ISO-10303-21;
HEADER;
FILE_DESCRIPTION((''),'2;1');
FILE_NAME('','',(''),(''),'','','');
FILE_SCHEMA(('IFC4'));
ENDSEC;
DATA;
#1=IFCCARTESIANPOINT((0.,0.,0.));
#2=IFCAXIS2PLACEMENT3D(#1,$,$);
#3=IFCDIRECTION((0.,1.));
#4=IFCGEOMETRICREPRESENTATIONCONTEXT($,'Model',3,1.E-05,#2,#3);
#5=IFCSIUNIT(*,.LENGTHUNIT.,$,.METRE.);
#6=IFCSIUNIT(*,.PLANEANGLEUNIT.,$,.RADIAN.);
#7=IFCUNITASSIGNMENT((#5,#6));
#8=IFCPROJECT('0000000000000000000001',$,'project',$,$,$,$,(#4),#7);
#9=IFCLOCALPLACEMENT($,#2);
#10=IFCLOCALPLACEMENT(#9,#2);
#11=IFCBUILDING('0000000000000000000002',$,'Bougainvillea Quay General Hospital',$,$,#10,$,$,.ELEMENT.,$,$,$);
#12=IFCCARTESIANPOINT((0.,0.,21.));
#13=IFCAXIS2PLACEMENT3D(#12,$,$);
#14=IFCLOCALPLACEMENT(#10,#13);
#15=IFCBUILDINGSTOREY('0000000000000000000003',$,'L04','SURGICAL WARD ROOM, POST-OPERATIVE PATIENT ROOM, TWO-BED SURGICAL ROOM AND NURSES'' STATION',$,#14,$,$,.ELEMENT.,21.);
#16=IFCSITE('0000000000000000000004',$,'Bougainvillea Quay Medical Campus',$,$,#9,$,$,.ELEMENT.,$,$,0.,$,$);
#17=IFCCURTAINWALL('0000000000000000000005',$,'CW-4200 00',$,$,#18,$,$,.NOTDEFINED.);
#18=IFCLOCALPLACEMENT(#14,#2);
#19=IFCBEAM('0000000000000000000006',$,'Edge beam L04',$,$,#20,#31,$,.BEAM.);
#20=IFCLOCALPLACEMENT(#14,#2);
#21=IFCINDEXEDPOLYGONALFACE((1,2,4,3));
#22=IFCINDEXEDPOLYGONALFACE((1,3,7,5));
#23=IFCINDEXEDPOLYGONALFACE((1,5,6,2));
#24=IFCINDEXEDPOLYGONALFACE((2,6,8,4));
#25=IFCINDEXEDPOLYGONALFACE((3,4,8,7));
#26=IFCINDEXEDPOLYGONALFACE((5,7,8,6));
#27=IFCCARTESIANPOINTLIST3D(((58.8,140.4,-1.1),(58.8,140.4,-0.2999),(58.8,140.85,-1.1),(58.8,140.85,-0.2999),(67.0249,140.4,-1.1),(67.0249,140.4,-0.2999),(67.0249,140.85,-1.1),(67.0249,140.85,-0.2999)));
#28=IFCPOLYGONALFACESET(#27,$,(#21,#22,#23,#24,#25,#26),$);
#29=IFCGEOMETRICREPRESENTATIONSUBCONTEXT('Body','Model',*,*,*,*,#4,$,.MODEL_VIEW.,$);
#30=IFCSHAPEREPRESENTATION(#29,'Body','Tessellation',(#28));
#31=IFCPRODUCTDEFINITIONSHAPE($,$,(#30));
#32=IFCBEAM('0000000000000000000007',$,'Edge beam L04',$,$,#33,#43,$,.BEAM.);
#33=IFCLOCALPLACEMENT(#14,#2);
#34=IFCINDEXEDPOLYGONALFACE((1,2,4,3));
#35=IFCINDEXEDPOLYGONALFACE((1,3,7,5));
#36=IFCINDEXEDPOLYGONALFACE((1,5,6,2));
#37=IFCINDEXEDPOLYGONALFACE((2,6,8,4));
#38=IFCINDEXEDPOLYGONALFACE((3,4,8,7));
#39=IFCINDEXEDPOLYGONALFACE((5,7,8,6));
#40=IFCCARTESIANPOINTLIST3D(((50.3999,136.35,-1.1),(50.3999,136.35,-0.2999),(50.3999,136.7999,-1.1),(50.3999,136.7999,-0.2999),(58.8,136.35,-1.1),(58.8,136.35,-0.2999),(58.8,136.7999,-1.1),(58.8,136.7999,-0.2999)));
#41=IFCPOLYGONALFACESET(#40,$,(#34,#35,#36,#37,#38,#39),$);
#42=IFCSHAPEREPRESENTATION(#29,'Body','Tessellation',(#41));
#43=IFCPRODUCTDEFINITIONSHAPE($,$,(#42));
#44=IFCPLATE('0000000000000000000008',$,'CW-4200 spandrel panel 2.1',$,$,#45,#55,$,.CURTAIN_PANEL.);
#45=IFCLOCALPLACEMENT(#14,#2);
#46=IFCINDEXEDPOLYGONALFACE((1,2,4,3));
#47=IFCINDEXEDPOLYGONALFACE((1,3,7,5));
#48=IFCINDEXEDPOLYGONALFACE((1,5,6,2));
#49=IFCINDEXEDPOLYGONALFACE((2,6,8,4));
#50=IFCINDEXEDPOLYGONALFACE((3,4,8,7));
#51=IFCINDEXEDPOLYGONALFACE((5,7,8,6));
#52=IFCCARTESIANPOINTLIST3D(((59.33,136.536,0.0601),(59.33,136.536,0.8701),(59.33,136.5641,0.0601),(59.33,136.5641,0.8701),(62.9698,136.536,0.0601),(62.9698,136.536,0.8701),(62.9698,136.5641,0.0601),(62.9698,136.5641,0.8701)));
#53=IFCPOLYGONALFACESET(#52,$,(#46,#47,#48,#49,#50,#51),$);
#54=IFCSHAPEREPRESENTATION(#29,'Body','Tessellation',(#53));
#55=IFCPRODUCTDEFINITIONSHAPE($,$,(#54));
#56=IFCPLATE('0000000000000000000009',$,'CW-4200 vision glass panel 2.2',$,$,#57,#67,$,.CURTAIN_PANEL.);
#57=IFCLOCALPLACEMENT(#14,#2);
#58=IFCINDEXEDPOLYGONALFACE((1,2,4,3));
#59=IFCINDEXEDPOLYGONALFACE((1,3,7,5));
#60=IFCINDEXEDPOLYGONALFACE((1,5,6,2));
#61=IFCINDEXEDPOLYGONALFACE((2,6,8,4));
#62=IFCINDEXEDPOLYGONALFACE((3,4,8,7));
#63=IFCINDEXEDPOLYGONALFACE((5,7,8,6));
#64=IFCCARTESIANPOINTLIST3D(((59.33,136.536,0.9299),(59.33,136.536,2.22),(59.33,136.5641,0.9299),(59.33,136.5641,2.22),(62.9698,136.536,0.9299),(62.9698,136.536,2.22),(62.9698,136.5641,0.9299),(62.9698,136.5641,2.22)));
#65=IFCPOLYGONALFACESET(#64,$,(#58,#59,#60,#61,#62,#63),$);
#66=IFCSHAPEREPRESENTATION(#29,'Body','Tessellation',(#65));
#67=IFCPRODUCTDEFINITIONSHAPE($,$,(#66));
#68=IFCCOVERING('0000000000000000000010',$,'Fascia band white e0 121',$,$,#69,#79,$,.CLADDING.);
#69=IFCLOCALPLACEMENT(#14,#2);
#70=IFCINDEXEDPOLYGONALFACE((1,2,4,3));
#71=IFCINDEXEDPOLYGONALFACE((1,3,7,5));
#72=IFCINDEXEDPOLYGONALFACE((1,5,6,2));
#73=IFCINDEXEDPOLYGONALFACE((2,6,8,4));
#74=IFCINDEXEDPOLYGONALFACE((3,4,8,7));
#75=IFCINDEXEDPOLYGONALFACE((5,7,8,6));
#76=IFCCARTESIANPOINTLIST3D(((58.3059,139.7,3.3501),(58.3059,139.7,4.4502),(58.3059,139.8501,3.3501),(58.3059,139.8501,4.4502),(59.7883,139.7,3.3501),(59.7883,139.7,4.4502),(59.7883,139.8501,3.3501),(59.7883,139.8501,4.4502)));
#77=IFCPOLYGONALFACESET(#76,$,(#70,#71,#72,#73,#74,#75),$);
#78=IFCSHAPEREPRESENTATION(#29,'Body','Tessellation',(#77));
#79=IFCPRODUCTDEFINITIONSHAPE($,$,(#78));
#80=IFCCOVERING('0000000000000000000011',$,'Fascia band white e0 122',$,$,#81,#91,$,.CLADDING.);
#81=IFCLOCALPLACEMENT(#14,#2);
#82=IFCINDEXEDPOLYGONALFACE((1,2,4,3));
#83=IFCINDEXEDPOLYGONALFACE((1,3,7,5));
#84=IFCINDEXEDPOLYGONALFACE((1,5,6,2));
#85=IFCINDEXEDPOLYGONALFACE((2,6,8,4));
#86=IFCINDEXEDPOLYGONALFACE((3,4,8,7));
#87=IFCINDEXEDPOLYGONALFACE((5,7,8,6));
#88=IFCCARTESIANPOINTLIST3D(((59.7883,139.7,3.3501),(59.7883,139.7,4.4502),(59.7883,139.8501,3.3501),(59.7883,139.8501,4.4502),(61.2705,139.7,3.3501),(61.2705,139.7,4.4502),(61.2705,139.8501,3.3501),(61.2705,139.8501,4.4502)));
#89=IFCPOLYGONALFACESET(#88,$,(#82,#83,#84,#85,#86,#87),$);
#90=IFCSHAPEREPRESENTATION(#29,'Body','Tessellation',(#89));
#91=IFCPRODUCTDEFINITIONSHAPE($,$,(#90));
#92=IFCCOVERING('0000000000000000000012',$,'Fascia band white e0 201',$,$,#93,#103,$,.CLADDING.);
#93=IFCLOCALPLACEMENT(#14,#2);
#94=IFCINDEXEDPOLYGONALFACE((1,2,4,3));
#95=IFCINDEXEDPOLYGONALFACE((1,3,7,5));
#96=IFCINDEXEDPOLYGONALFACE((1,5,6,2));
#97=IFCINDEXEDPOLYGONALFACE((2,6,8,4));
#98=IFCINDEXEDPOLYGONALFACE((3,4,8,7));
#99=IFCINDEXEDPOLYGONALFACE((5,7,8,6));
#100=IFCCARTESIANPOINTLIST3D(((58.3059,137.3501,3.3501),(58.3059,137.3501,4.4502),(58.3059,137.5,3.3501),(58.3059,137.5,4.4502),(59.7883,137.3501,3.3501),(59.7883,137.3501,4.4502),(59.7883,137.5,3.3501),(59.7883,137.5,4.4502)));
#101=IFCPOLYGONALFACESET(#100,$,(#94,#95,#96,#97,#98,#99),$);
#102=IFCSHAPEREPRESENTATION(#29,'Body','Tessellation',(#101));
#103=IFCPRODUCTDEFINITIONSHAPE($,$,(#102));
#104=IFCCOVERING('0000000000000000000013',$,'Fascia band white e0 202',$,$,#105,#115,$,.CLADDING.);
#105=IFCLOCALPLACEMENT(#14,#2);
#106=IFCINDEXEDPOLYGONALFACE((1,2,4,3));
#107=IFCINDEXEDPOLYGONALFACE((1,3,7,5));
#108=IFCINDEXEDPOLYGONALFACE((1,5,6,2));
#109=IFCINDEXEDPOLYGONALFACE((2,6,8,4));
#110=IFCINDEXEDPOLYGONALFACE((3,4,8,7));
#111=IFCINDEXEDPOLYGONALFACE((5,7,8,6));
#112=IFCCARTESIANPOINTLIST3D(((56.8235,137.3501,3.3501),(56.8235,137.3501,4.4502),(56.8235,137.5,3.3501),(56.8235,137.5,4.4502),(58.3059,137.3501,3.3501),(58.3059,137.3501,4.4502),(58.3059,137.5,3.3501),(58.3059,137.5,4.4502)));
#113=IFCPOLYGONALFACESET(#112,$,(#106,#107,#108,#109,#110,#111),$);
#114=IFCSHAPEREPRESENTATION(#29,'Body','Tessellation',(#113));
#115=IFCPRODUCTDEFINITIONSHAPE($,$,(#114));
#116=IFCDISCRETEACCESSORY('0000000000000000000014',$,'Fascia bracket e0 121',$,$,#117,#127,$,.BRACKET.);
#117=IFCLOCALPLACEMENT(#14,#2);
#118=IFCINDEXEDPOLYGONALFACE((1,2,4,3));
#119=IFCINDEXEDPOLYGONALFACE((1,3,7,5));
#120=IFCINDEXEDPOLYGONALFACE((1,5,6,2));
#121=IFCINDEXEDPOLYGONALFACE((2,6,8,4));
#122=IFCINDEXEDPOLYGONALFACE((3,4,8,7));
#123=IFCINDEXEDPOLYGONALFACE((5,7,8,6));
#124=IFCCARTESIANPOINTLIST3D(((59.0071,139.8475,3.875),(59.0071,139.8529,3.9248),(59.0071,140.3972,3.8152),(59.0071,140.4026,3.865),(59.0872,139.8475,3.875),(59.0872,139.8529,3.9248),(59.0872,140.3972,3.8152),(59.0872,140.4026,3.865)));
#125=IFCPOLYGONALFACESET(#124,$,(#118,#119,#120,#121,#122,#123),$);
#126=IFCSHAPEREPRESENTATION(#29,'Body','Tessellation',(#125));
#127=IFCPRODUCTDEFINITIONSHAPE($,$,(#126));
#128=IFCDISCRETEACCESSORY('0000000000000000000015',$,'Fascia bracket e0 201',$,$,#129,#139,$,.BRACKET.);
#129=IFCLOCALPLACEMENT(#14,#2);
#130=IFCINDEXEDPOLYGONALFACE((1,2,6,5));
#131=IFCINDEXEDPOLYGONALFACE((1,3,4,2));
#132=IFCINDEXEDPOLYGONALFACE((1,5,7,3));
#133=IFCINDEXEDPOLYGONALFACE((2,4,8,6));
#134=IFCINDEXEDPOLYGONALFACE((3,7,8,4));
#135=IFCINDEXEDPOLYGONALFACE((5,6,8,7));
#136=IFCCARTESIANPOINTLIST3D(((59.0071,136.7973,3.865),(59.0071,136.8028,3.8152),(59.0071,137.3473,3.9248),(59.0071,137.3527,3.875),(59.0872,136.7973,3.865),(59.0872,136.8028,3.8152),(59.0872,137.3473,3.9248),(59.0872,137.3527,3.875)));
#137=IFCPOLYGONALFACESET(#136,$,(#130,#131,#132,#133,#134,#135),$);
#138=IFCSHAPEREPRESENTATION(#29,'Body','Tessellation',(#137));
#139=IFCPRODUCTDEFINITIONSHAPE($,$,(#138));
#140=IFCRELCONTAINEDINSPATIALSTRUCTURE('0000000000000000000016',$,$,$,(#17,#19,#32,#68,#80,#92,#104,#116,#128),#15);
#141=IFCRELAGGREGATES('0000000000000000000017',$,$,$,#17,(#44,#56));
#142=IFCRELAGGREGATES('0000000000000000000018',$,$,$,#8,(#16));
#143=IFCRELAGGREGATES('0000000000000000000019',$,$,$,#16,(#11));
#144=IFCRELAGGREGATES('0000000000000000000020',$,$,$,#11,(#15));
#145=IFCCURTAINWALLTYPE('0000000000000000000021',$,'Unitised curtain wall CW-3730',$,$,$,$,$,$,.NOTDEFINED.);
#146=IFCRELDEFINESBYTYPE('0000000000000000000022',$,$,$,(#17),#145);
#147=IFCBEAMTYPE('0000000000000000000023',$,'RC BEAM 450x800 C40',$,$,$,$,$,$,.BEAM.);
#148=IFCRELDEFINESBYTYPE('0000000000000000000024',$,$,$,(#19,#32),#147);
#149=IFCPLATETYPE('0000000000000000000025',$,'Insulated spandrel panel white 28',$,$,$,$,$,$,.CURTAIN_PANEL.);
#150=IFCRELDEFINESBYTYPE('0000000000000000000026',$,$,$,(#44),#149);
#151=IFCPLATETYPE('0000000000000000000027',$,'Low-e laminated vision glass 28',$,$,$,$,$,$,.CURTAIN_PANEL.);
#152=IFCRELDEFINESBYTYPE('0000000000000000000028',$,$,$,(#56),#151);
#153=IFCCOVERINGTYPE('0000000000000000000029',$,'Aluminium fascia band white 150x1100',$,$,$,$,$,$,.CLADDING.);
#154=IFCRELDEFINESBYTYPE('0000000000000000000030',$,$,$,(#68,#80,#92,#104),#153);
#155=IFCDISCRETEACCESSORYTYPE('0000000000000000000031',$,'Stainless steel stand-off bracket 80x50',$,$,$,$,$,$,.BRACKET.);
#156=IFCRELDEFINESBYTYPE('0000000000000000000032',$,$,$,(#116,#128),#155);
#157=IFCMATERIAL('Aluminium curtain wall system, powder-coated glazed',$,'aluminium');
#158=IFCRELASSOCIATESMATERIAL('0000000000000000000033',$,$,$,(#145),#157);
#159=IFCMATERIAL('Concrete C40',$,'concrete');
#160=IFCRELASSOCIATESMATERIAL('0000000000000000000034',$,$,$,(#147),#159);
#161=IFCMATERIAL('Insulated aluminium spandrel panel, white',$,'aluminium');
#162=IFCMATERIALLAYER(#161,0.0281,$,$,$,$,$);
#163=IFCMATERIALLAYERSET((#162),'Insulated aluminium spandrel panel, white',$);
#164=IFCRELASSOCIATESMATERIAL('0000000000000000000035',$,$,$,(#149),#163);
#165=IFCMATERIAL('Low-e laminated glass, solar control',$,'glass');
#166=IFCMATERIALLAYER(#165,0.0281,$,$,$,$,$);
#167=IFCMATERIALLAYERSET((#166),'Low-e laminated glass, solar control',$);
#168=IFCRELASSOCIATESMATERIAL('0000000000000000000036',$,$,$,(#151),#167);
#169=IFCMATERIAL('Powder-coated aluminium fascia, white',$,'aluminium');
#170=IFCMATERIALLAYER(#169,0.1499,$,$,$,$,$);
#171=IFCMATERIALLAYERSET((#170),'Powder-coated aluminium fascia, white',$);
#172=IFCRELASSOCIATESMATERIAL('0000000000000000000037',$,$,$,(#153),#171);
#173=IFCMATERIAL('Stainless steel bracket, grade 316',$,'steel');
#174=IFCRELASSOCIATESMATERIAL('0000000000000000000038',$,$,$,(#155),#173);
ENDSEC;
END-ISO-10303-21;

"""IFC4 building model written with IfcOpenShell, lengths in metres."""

from ifc_helpers import new_model, si_unit, direction, frame, origin, origin_2d, place, context, subcontext, project, spatial, polyline, rectangle, outline, extrude, material, layer, layer_set, material_profile, profile_set, type_object, element, aggregate, save


model = new_model("IFC4")

# Units and contexts
model_context = context("Model", 3, precision=1e-05, world=origin(), true_north=direction((0.0, 1.0)))
body_context = subcontext(model_context, "Body", "Model", "MODEL_VIEW")
ifc_project = project(units=[si_unit("LENGTHUNIT", "METRE"), si_unit("PLANEANGLEUNIT", "RADIAN")], contexts=[model_context])

# Site, building, storey
site_placement = place(None, origin())
site = spatial("IfcSite", under=ifc_project, at=site_placement, Name="Bougainvillea Quay Medical Campus", CompositionType="ELEMENT", RefElevation=0.0)
building_placement = place(site_placement, origin())
building = spatial("IfcBuilding", under=site, at=building_placement, Name="Bougainvillea Quay General Hospital", CompositionType="ELEMENT")
storey_placement = place(building_placement, frame((0.0, 0.0, 21.0)))
storey = spatial("IfcBuildingStorey", under=building, at=storey_placement, Name="L04", Description="SURGICAL WARD ROOM, POST-OPERATIVE PATIENT ROOM, TWO-BED SURGICAL ROOM AND NURSES' STATION", CompositionType="ELEMENT", Elevation=21.0)

# Shared definitions
ifc_material_1 = material(Name="Concrete C40", Category="concrete")

# Curtain wall
ifc_material_2 = material(Name="Aluminium curtain wall system, powder-coated glazed", Category="aluminium")
curtain_wall_type = type_object("IfcCurtainWallType", Name="Unitised curtain wall CW-3730", PredefinedType="NOTDEFINED", material=ifc_material_2)
curtain_wall_1_placement = place(storey_placement, origin())
curtain_wall_1 = element("IfcCurtainWall", 1, at=curtain_wall_1_placement, inside=storey, type_object=curtain_wall_type, Name="CW-4200 00", PredefinedType="NOTDEFINED")

# Beams
ifc_material_profile_1 = material_profile(ifc_material_1, rectangle(XDim=0.45, YDim=0.8, at=origin_2d()))
ifc_profile_set_1 = profile_set([ifc_material_profile_1], Name="Concrete C40")
beam_type = type_object("IfcBeamType", Name="RC BEAM 450x800 C40", PredefinedType="BEAM", material=ifc_profile_set_1)
beam_1_placement = place(storey_placement, frame((58.8, 140.625, -0.7), z_axis=(1.0, 0.0, 0.0), x_axis=(0.0, 1.0, 0.0)))
element("IfcBeam", 2, at=beam_1_placement, inside=storey, type_object=beam_type, Name="Edge beam L04", PredefinedType="BEAM", context=body_context, shape_type="SweptSolid", body=[
    extrude(rectangle(XDim=0.45, YDim=0.8, at=origin_2d()), origin(), (0.0, 0.0, 1.0), 8.2249),
])
beam_2_placement = place(storey_placement, frame((58.8, 136.575, -0.7), z_axis=(-1.0, 0.0, 0.0), x_axis=(0.0, -1.0, 0.0)))
element("IfcBeam", 3, at=beam_2_placement, inside=storey, type_object=beam_type, Name="Edge beam L04", PredefinedType="BEAM", context=body_context, shape_type="SweptSolid", body=[
    extrude(rectangle(XDim=0.45, YDim=0.8, at=origin_2d()), origin(), (0.0, 0.0, 1.0), 8.4001),
])

# Plates
ifc_material_3 = material(Name="Insulated aluminium spandrel panel, white", Category="aluminium")
ifc_layer_1 = layer(ifc_material_3, 0.0281)
ifc_layer_set_1 = layer_set([ifc_layer_1], Name="Insulated aluminium spandrel panel, white")
plate_type_1 = type_object("IfcPlateType", Name="Insulated spandrel panel white 28", PredefinedType="CURTAIN_PANEL", material=ifc_layer_set_1)
plate_1_placement = place(storey_placement, frame((61.1499, 136.55, 0.0601), z_axis=(0.0, 0.0, 1.0), x_axis=(-1.0, 0.0, 0.0)))
plate_1 = element("IfcPlate", 4, at=plate_1_placement, type_object=plate_type_1, Name="CW-4200 spandrel panel 2.1", PredefinedType="CURTAIN_PANEL", context=body_context, shape_type="SweptSolid", body=[
    extrude(rectangle(XDim=3.6399, YDim=0.0281, at=origin_2d()), origin(), (0.0, 0.0, 1.0), 0.8101),
])
ifc_material_4 = material(Name="Low-e laminated glass, solar control", Category="glass")
ifc_layer_2 = layer(ifc_material_4, 0.0281)
ifc_layer_set_2 = layer_set([ifc_layer_2], Name="Low-e laminated glass, solar control")
plate_type_2 = type_object("IfcPlateType", Name="Low-e laminated vision glass 28", PredefinedType="CURTAIN_PANEL", material=ifc_layer_set_2)
plate_2_placement = place(storey_placement, frame((61.1499, 136.55, 0.9299), z_axis=(0.0, 0.0, 1.0), x_axis=(-1.0, 0.0, 0.0)))
plate_2 = element("IfcPlate", 5, at=plate_2_placement, type_object=plate_type_2, Name="CW-4200 vision glass panel 2.2", PredefinedType="CURTAIN_PANEL", context=body_context, shape_type="SweptSolid", body=[
    extrude(rectangle(XDim=3.6399, YDim=0.0281, at=origin_2d()), origin(), (0.0, 0.0, 1.0), 1.29),
])
aggregate(curtain_wall_1, [plate_1, plate_2])

# Coverings
ifc_material_5 = material(Name="Powder-coated aluminium fascia, white", Category="aluminium")
ifc_layer_3 = layer(ifc_material_5, 0.1499)
ifc_layer_set_3 = layer_set([ifc_layer_3], Name="Powder-coated aluminium fascia, white")
covering_type = type_object("IfcCoveringType", Name="Aluminium fascia band white 150x1100", PredefinedType="CLADDING", material=ifc_layer_set_3)
covering_1_placement = place(storey_placement, frame((58.3059, 139.8501, 3.3501), z_axis=(0.0, 0.0, 1.0), x_axis=(1.0, 0.0, 0.0)))
element("IfcCovering", 6, at=covering_1_placement, inside=storey, type_object=covering_type, Name="Fascia band white e0 121", PredefinedType="CLADDING", context=body_context, shape_type="SweptSolid", body=[
    extrude(outline(polyline([(0.0, 0.0), (1.4824, 0.0), (1.4824, -0.1501), (0.0, -0.1501), (0.0, 0.0)])), origin(), (0.0, 0.0, 1.0), 1.1001),
])
covering_2_placement = place(storey_placement, frame((59.7883, 139.8501, 3.3501), z_axis=(0.0, 0.0, 1.0), x_axis=(1.0, 0.0, 0.0)))
element("IfcCovering", 7, at=covering_2_placement, inside=storey, type_object=covering_type, Name="Fascia band white e0 122", PredefinedType="CLADDING", context=body_context, shape_type="SweptSolid", body=[
    extrude(outline(polyline([(0.0, 0.0), (1.4822, 0.0), (1.4822, -0.1501), (0.0, -0.1501), (0.0, 0.0)])), origin(), (0.0, 0.0, 1.0), 1.1001),
])
for number, where, z_axis, x_axis, name in (
    (8, (59.7883, 137.3501, 3.3501), (0.0, 0.0, 1.0), (-1.0, 0.0, 0.0), "Fascia band white e0 201"),
    (9, (58.3059, 137.3501, 3.3501), (0.0, 0.0, 1.0), (-1.0, 0.0, 0.0), "Fascia band white e0 202"),
):
    element("IfcCovering", number, at=place(storey_placement, frame(where, z_axis=z_axis, x_axis=x_axis)), inside=storey, type_object=covering_type, Name=name, PredefinedType="CLADDING", context=body_context, shape_type="SweptSolid", body=[
        extrude(outline(polyline([(0.0, 0.0), (1.4824, 0.0), (1.4824, -0.1499), (0.0, -0.1499), (0.0, 0.0)])), origin(), (0.0, 0.0, 1.0), 1.1001),
    ])

# Discrete accessories
ifc_material_6 = material(Name="Stainless steel bracket, grade 316", Category="steel")
ifc_material_profile_2 = material_profile(ifc_material_6, rectangle(XDim=0.0801, YDim=0.05, at=origin_2d()))
ifc_profile_set_2 = profile_set([ifc_material_profile_2], Name="Stainless steel bracket, grade 316")
discrete_accessory_type = type_object("IfcDiscreteAccessoryType", Name="Stainless steel stand-off bracket 80x50", PredefinedType="BRACKET", material=ifc_profile_set_2)
discrete_accessory_1_placement = place(storey_placement, frame((59.0471, 140.3999, 3.8401), z_axis=(0.0, -0.994134, 0.108154), x_axis=(1.0, 0.0, 0.0)))
element("IfcDiscreteAccessory", 10, at=discrete_accessory_1_placement, inside=storey, type_object=discrete_accessory_type, Name="Fascia bracket e0 121", PredefinedType="BRACKET", context=body_context, shape_type="SweptSolid", body=[
    extrude(rectangle(XDim=0.0801, YDim=0.05, at=origin_2d()), origin(), (0.0, 0.0, 1.0), 0.553),
])
discrete_accessory_2_placement = place(storey_placement, frame((59.0471, 136.8, 3.8401), z_axis=(0.0, 0.994139, 0.108107), x_axis=(-1.0, 0.0, 0.0)))
element("IfcDiscreteAccessory", 11, at=discrete_accessory_2_placement, inside=storey, type_object=discrete_accessory_type, Name="Fascia bracket e0 201", PredefinedType="BRACKET", context=body_context, shape_type="SweptSolid", body=[
    extrude(rectangle(XDim=0.0801, YDim=0.05, at=origin_2d()), origin(), (0.0, 0.0, 1.0), 0.5532),
])

save(model, "model.ifc")
